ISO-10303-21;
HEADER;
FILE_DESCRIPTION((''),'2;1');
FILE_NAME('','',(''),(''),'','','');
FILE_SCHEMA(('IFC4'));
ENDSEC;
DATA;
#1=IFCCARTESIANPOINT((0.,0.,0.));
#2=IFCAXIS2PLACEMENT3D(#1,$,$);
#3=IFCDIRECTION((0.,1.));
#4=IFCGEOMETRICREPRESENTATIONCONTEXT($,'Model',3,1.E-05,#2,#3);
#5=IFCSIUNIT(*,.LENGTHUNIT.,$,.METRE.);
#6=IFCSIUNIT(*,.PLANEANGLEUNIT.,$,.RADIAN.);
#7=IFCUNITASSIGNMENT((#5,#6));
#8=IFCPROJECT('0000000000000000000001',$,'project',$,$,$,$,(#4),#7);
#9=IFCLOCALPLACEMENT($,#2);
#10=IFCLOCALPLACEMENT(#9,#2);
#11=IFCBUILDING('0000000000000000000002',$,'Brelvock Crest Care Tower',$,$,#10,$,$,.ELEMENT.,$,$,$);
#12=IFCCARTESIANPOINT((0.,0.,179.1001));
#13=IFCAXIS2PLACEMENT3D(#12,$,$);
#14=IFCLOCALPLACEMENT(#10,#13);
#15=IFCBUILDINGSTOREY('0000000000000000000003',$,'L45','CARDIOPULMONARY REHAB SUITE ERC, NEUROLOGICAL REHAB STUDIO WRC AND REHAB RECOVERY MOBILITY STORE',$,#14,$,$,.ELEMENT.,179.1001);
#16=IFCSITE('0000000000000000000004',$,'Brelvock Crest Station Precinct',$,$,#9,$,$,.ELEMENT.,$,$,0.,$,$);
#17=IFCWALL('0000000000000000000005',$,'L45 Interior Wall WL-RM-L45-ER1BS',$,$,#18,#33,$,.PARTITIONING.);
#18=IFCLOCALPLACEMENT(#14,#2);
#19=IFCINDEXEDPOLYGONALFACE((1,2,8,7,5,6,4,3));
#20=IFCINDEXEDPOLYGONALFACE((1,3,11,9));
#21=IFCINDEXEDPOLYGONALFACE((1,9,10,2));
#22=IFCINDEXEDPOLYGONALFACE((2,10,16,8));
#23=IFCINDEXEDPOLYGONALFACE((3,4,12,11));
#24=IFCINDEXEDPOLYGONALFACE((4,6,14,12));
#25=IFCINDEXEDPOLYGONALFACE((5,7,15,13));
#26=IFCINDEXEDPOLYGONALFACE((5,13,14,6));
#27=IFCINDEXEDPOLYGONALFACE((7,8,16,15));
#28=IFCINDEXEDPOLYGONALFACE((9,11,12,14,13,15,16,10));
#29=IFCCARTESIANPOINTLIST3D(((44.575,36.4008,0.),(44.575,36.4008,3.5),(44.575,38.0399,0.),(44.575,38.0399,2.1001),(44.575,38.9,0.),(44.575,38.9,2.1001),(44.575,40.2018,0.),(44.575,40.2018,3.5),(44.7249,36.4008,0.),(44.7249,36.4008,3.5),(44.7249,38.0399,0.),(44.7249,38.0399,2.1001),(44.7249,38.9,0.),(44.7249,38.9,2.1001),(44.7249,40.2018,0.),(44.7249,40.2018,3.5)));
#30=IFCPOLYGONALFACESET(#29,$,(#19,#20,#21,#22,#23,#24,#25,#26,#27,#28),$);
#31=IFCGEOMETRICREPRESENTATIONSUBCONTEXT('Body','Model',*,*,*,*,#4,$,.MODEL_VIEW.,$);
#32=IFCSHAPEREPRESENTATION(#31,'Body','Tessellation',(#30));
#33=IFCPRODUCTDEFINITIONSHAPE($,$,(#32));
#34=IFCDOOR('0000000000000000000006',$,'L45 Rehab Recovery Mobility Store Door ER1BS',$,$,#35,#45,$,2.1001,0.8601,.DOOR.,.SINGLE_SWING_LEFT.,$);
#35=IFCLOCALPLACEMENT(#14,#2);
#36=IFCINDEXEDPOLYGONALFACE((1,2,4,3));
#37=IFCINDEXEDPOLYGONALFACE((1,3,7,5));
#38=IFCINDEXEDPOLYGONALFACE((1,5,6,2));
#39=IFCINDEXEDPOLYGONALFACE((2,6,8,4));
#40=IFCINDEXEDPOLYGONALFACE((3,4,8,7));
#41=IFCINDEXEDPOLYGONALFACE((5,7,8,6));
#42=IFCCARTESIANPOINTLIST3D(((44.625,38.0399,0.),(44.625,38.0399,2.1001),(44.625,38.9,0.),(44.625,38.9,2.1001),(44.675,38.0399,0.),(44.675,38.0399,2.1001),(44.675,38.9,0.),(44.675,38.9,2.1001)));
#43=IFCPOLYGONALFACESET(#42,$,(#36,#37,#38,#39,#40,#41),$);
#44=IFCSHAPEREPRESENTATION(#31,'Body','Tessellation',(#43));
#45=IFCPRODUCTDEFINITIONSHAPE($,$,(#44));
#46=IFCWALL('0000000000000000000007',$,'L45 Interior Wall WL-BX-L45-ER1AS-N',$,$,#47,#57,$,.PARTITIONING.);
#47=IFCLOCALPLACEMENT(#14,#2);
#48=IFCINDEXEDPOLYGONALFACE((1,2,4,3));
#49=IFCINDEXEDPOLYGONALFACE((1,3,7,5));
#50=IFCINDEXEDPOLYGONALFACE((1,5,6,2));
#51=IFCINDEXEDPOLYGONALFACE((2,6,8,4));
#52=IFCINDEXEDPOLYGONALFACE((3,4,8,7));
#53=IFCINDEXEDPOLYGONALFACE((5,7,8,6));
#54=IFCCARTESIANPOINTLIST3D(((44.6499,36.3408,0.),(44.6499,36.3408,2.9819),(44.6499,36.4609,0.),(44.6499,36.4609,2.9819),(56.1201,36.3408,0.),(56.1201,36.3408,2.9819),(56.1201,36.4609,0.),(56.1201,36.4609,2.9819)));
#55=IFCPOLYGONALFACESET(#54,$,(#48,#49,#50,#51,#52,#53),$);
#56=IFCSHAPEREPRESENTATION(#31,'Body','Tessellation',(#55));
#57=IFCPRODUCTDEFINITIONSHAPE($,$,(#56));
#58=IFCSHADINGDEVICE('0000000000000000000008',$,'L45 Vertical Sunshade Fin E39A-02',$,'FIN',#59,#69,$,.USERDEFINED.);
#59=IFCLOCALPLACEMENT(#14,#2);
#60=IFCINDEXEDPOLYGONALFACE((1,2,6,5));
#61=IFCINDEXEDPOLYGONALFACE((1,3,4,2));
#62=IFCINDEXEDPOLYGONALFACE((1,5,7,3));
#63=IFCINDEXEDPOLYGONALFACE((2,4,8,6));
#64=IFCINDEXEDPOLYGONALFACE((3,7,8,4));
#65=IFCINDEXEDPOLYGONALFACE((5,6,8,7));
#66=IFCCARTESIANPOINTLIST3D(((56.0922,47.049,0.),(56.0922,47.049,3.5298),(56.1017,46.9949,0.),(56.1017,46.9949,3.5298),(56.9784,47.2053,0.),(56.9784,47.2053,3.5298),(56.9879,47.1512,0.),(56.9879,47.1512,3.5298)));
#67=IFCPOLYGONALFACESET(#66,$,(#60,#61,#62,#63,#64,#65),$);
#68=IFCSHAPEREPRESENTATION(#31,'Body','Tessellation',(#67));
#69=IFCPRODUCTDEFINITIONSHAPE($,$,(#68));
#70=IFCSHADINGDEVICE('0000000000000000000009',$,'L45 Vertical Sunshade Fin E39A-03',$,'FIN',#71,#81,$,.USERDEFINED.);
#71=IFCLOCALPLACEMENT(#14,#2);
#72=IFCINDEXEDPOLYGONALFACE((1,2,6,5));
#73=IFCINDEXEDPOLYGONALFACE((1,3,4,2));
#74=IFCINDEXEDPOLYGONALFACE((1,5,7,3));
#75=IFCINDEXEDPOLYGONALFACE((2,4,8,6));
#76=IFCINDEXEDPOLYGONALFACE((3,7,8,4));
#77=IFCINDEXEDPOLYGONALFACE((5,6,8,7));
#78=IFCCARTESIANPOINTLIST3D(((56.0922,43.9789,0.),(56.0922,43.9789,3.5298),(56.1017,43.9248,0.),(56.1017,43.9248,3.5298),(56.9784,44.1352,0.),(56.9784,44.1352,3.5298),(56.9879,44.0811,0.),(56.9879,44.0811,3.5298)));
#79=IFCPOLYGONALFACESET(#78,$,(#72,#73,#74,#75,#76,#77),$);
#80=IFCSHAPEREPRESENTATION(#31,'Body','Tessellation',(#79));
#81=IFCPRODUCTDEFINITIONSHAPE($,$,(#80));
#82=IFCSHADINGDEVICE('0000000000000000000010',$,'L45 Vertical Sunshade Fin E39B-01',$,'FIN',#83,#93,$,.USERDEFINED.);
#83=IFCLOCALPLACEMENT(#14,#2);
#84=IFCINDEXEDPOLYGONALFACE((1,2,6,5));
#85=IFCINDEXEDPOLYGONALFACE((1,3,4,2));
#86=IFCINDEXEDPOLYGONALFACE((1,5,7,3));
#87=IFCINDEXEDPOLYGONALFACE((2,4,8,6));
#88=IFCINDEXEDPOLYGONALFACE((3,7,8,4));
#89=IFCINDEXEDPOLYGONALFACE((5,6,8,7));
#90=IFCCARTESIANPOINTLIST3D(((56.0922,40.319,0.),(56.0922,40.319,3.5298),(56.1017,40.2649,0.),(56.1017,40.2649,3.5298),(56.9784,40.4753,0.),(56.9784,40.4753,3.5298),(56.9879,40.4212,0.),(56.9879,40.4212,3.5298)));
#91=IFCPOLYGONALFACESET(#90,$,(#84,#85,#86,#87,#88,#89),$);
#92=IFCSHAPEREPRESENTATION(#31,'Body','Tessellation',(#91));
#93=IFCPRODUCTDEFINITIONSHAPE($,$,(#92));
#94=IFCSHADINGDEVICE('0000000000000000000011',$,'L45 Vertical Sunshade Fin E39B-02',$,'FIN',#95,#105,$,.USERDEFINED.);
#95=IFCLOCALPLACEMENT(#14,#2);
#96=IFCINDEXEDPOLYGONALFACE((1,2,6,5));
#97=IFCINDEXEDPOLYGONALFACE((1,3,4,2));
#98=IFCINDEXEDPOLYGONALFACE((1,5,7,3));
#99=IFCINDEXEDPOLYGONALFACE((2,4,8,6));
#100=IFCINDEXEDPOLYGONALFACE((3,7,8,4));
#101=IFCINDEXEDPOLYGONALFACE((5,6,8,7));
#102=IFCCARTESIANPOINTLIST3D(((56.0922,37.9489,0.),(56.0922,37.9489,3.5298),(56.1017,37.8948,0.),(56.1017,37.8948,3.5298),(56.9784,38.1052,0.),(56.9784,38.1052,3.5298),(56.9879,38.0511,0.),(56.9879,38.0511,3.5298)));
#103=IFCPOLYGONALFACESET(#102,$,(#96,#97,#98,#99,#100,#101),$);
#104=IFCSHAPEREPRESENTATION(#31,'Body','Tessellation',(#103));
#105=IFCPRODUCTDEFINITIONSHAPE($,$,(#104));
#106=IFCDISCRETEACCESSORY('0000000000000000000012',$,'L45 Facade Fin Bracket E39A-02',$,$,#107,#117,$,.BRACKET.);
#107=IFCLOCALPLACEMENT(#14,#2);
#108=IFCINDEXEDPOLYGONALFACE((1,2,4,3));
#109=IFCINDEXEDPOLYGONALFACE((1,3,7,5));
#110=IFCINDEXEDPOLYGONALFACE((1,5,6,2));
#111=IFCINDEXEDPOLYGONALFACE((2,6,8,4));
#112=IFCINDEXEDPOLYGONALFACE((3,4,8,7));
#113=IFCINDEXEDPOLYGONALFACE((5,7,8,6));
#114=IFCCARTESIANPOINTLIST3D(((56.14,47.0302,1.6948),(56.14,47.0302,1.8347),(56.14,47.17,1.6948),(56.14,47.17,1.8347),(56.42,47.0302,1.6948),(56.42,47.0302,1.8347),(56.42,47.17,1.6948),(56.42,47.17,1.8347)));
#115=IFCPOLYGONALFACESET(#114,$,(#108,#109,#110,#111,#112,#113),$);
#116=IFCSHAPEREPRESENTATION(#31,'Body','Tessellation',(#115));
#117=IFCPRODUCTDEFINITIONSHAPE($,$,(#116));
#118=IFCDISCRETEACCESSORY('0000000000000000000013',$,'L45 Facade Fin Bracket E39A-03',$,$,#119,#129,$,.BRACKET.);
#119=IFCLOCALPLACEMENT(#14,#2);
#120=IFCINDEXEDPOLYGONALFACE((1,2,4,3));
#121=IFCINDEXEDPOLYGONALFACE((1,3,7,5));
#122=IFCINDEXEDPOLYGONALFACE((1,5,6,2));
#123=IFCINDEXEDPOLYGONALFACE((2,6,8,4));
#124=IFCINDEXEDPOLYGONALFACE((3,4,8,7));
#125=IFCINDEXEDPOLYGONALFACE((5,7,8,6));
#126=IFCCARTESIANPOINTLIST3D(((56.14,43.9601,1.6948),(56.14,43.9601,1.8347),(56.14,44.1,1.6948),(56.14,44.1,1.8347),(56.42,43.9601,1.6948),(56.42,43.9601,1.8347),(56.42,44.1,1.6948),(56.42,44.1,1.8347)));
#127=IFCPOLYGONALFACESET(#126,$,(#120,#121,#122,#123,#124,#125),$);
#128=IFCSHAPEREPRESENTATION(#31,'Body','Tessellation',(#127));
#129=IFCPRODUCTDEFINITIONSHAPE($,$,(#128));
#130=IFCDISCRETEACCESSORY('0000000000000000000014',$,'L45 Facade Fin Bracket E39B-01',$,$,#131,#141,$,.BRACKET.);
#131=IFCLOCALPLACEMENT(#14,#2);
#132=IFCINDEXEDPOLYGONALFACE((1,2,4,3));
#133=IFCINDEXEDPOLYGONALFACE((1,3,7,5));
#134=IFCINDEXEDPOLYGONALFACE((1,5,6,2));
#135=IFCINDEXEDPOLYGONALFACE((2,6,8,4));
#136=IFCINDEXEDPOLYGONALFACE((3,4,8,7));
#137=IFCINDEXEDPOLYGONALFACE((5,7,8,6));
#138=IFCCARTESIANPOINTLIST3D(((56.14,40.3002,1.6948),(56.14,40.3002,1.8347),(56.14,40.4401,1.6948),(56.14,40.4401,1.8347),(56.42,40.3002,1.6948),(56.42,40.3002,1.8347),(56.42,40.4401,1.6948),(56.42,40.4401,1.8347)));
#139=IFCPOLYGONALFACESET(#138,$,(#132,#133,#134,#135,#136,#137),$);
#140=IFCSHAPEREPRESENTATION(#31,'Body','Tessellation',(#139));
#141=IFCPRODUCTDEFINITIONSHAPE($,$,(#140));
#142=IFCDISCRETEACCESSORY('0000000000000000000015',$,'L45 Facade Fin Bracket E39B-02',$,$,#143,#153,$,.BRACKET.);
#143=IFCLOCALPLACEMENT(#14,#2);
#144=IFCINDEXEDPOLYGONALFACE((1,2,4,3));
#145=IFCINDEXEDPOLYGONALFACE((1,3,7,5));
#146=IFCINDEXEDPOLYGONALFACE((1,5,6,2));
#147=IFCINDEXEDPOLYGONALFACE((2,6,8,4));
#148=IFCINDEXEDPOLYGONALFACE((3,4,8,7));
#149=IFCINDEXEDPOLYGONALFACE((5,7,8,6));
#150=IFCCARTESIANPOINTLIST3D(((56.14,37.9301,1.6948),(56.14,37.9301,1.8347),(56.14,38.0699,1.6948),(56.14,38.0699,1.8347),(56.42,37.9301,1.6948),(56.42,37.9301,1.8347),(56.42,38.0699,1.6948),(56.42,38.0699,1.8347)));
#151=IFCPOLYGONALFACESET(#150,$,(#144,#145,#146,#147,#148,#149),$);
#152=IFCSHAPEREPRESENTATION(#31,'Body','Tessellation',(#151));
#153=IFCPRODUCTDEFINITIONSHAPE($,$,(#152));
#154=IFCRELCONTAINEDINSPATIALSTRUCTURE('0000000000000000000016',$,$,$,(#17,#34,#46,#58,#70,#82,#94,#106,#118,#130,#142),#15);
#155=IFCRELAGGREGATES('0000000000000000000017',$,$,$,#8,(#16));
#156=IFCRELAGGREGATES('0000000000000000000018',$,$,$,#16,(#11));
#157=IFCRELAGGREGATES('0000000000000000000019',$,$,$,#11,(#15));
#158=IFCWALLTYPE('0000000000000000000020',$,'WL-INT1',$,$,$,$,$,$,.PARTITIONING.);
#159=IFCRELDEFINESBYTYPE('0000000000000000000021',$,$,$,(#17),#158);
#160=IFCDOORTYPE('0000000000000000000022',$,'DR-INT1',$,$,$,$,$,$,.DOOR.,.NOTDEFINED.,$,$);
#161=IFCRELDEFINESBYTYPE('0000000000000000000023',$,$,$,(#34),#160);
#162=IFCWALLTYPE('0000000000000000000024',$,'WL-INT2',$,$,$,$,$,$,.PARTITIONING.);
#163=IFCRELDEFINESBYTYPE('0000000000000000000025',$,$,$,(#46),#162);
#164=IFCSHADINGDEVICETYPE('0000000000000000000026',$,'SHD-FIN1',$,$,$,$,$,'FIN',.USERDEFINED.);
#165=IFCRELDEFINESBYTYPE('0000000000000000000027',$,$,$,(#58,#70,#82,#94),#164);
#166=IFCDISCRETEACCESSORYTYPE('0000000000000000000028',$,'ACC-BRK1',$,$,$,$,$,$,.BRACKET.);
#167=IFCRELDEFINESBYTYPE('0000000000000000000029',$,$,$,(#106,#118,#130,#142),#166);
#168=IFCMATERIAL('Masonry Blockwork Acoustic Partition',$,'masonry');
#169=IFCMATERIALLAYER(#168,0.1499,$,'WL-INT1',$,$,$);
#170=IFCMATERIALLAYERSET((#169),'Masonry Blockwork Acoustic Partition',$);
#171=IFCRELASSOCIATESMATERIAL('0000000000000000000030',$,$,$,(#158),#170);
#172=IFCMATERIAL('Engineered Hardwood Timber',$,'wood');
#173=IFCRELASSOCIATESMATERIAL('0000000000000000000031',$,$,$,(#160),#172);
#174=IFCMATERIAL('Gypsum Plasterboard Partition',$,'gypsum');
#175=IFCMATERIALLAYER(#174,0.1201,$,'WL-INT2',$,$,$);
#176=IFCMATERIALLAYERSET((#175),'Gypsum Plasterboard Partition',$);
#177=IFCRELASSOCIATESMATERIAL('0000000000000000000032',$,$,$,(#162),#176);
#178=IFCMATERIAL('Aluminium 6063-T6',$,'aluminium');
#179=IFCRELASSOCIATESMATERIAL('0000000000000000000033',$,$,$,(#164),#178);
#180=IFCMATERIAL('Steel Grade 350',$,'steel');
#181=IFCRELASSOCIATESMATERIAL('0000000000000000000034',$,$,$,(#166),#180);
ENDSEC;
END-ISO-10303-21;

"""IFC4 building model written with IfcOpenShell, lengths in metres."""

from ifc_helpers import new_model, si_unit, direction, frame, frame_2d, origin, origin_2d, place, context, subcontext, project, spatial, rectangle, extrude, source, transform, mapped, material, layer, layer_set, material_profile, profile_set, type_object, element, fill, save


model = new_model("IFC4")

# Units and contexts
model_context = context("Model", 3, precision=1e-05, world=origin(), true_north=direction((0.0, 1.0)))
body_context = subcontext(model_context, "Body", "Model", "MODEL_VIEW")
ifc_project = project(units=[si_unit("LENGTHUNIT", "METRE"), si_unit("PLANEANGLEUNIT", "RADIAN")], contexts=[model_context])

# Site, building, storey
site_placement = place(None, origin())
site = spatial("IfcSite", under=ifc_project, at=site_placement, Name="Brelvock Crest Station Precinct", CompositionType="ELEMENT", RefElevation=0.0)
building_placement = place(site_placement, origin())
building = spatial("IfcBuilding", under=site, at=building_placement, Name="Brelvock Crest Care Tower", CompositionType="ELEMENT")
storey_placement = place(building_placement, frame((0.0, 0.0, 179.1001)))
storey = spatial("IfcBuildingStorey", under=building, at=storey_placement, Name="L45", Description="CARDIOPULMONARY REHAB SUITE ERC, NEUROLOGICAL REHAB STUDIO WRC AND REHAB RECOVERY MOBILITY STORE", CompositionType="ELEMENT", Elevation=179.1001)

# Shared definitions
ifc_material_1 = material(Name="Steel Grade 350", Category="steel")

# Shared definitions
ifc_material_2 = material(Name="Aluminium 6063-T6", Category="aluminium")

# Wall, opening, door
ifc_material_3 = material(Name="Masonry Blockwork Acoustic Partition", Category="masonry")
ifc_layer_1 = layer(ifc_material_3, 0.1499, Name="WL-INT1")
ifc_layer_set_1 = layer_set([ifc_layer_1], Name="Masonry Blockwork Acoustic Partition")
wall_type_1 = type_object("IfcWallType", Name="WL-INT1", PredefinedType="PARTITIONING", material=ifc_layer_set_1)
wall_1_placement = place(storey_placement, frame((44.6499, 36.4009, 0.0), z_axis=(0.0, 0.0, 1.0), x_axis=(0.0, 1.0, 0.0)))
wall_1 = element("IfcWall", 1, at=wall_1_placement, inside=storey, type_object=wall_type_1, Name="L45 Interior Wall WL-RM-L45-ER1BS", PredefinedType="PARTITIONING", context=body_context, shape_type="SweptSolid", body=[
    extrude(rectangle(XDim=3.801, YDim=0.1499, at=frame_2d((1.9004, 0.0))), origin(), (0.0, 0.0, 1.0), 3.5),
])
opening_1_placement = place(wall_1_placement, frame((1.6389, 0.0, 0.0)))
opening_1 = element("IfcOpeningElement", 2, at=opening_1_placement, cuts=wall_1, PredefinedType="OPENING", context=body_context, shape_type="SweptSolid", body=[
    extrude(rectangle(XDim=0.8601, YDim=2.1001, at=origin_2d()), frame((0.4302, 0.085, 1.05), z_axis=(0.0, -1.0, 0.0), x_axis=(1.0, 0.0, 0.0)), (0.0, 0.0, 1.0), 0.1699),
])
ifc_material_4 = material(Name="Engineered Hardwood Timber", Category="wood")
door_type_1 = type_object("IfcDoorType", Name="DR-INT1", OperationType="NOTDEFINED", PredefinedType="DOOR", material=ifc_material_4)
shared_shape_1 = source(origin(), body_context, "Body", "SweptSolid", [
    extrude(rectangle(XDim=0.8601, YDim=2.1001, at=origin_2d()), frame((0.4302, 0.0249, 1.05), z_axis=(0.0, -1.0, 0.0), x_axis=(1.0, 0.0, 0.0)), (0.0, 0.0, 1.0), 0.05),
])
door_1_placement = place(opening_1_placement, origin())
door_1 = element("IfcDoor", 3, at=door_1_placement, inside=storey, type_object=door_type_1, Name="L45 Rehab Recovery Mobility Store Door ER1BS", OperationType="SINGLE_SWING_LEFT", OverallHeight=2.1001, OverallWidth=0.8601, PredefinedType="DOOR", context=body_context, shape_type="MappedRepresentation", body=[
    mapped(shared_shape_1, transform((0.0, 0.0, 0.0), x_axis=(1.0, 0.0, 0.0), y_axis=(0.0, 1.0, 0.0), z_axis=(0.0, 0.0, 1.0), scale=1.0)),
])
fill(opening_1, door_1)

# Wall
ifc_material_5 = material(Name="Gypsum Plasterboard Partition", Category="gypsum")
ifc_layer_2 = layer(ifc_material_5, 0.1201, Name="WL-INT2")
ifc_layer_set_2 = layer_set([ifc_layer_2], Name="Gypsum Plasterboard Partition")
wall_type_2 = type_object("IfcWallType", Name="WL-INT2", PredefinedType="PARTITIONING", material=ifc_layer_set_2)
wall_2_placement = place(storey_placement, frame((44.6499, 36.4009, 0.0), z_axis=(0.0, 0.0, 1.0), x_axis=(1.0, 0.0, 0.0)))
element("IfcWall", 4, at=wall_2_placement, inside=storey, type_object=wall_type_2, Name="L45 Interior Wall WL-BX-L45-ER1AS-N", PredefinedType="PARTITIONING", context=body_context, shape_type="SweptSolid", body=[
    extrude(rectangle(XDim=11.4702, YDim=0.1201, at=frame_2d((5.7351, 0.0))), origin(), (0.0, 0.0, 1.0), 2.9819),
])

# Shading devices
ifc_material_profile_1 = material_profile(ifc_material_2, rectangle(XDim=0.0549, YDim=0.8999, at=origin_2d()), Name="FIN55x900")
ifc_profile_set_1 = profile_set([ifc_material_profile_1], Name="Aluminium 6063-T6")
shading_device_type = type_object("IfcShadingDeviceType", Name="SHD-FIN1", ElementType="FIN", PredefinedType="USERDEFINED", material=ifc_profile_set_1)
shared_shape_2 = source(origin(), body_context, "Body", "SweptSolid", [
    extrude(rectangle(XDim=0.0549, YDim=0.8999, at=origin_2d()), origin(), (0.0, 0.0, 1.0), 3.5298),
])
for number, where, z_axis, x_axis, name in (
    (5, (56.54, 47.1001, 0.0), (0.0, 0.0, 1.0), (0.173648, -0.984808, 0.0), "L45 Vertical Sunshade Fin E39A-02"),
    (6, (56.54, 44.03, 0.0), (0.0, 0.0, 1.0), (0.173648, -0.984808, 0.0), "L45 Vertical Sunshade Fin E39A-03"),
    (7, (56.54, 40.3701, 0.0), (0.0, 0.0, 1.0), (0.173648, -0.984808, 0.0), "L45 Vertical Sunshade Fin E39B-01"),
    (8, (56.54, 38.0, 0.0), (0.0, 0.0, 1.0), (0.173648, -0.984808, 0.0), "L45 Vertical Sunshade Fin E39B-02"),
):
    element("IfcShadingDevice", number, at=place(storey_placement, frame(where, z_axis=z_axis, x_axis=x_axis)), inside=storey, type_object=shading_device_type, Name=name, ObjectType="FIN", PredefinedType="USERDEFINED", context=body_context, shape_type="MappedRepresentation", body=[
        mapped(shared_shape_2, transform((0.0, 0.0, 0.0), x_axis=(1.0, 0.0, 0.0), y_axis=(0.0, 1.0, 0.0), z_axis=(0.0, 0.0, 1.0), scale=1.0)),
    ])

# Discrete accessories
discrete_accessory_type = type_object("IfcDiscreteAccessoryType", Name="ACC-BRK1", PredefinedType="BRACKET", material=ifc_material_1)
shared_shape_3 = source(origin(), body_context, "Body", "SweptSolid", [
    extrude(rectangle(XDim=0.28, YDim=0.1399, at=origin_2d()), origin(), (0.0, 0.0, 1.0), 0.1399),
])
for number, where, z_axis, x_axis, name in (
    (9, (56.28, 47.1001, 1.6948), (0.0, 0.0, 1.0), (1.0, 0.0, 0.0), "L45 Facade Fin Bracket E39A-02"),
    (10, (56.28, 44.03, 1.6948), (0.0, 0.0, 1.0), (1.0, 0.0, 0.0), "L45 Facade Fin Bracket E39A-03"),
    (11, (56.28, 40.3701, 1.6948), (0.0, 0.0, 1.0), (1.0, 0.0, 0.0), "L45 Facade Fin Bracket E39B-01"),
    (12, (56.28, 38.0, 1.6948), (0.0, 0.0, 1.0), (1.0, 0.0, 0.0), "L45 Facade Fin Bracket E39B-02"),
):
    element("IfcDiscreteAccessory", number, at=place(storey_placement, frame(where, z_axis=z_axis, x_axis=x_axis)), inside=storey, type_object=discrete_accessory_type, Name=name, PredefinedType="BRACKET", context=body_context, shape_type="MappedRepresentation", body=[
        mapped(shared_shape_3, transform((0.0, 0.0, 0.0), x_axis=(1.0, 0.0, 0.0), y_axis=(0.0, 1.0, 0.0), z_axis=(0.0, 0.0, 1.0), scale=1.0)),
    ])

save(model, "model.ifc")
